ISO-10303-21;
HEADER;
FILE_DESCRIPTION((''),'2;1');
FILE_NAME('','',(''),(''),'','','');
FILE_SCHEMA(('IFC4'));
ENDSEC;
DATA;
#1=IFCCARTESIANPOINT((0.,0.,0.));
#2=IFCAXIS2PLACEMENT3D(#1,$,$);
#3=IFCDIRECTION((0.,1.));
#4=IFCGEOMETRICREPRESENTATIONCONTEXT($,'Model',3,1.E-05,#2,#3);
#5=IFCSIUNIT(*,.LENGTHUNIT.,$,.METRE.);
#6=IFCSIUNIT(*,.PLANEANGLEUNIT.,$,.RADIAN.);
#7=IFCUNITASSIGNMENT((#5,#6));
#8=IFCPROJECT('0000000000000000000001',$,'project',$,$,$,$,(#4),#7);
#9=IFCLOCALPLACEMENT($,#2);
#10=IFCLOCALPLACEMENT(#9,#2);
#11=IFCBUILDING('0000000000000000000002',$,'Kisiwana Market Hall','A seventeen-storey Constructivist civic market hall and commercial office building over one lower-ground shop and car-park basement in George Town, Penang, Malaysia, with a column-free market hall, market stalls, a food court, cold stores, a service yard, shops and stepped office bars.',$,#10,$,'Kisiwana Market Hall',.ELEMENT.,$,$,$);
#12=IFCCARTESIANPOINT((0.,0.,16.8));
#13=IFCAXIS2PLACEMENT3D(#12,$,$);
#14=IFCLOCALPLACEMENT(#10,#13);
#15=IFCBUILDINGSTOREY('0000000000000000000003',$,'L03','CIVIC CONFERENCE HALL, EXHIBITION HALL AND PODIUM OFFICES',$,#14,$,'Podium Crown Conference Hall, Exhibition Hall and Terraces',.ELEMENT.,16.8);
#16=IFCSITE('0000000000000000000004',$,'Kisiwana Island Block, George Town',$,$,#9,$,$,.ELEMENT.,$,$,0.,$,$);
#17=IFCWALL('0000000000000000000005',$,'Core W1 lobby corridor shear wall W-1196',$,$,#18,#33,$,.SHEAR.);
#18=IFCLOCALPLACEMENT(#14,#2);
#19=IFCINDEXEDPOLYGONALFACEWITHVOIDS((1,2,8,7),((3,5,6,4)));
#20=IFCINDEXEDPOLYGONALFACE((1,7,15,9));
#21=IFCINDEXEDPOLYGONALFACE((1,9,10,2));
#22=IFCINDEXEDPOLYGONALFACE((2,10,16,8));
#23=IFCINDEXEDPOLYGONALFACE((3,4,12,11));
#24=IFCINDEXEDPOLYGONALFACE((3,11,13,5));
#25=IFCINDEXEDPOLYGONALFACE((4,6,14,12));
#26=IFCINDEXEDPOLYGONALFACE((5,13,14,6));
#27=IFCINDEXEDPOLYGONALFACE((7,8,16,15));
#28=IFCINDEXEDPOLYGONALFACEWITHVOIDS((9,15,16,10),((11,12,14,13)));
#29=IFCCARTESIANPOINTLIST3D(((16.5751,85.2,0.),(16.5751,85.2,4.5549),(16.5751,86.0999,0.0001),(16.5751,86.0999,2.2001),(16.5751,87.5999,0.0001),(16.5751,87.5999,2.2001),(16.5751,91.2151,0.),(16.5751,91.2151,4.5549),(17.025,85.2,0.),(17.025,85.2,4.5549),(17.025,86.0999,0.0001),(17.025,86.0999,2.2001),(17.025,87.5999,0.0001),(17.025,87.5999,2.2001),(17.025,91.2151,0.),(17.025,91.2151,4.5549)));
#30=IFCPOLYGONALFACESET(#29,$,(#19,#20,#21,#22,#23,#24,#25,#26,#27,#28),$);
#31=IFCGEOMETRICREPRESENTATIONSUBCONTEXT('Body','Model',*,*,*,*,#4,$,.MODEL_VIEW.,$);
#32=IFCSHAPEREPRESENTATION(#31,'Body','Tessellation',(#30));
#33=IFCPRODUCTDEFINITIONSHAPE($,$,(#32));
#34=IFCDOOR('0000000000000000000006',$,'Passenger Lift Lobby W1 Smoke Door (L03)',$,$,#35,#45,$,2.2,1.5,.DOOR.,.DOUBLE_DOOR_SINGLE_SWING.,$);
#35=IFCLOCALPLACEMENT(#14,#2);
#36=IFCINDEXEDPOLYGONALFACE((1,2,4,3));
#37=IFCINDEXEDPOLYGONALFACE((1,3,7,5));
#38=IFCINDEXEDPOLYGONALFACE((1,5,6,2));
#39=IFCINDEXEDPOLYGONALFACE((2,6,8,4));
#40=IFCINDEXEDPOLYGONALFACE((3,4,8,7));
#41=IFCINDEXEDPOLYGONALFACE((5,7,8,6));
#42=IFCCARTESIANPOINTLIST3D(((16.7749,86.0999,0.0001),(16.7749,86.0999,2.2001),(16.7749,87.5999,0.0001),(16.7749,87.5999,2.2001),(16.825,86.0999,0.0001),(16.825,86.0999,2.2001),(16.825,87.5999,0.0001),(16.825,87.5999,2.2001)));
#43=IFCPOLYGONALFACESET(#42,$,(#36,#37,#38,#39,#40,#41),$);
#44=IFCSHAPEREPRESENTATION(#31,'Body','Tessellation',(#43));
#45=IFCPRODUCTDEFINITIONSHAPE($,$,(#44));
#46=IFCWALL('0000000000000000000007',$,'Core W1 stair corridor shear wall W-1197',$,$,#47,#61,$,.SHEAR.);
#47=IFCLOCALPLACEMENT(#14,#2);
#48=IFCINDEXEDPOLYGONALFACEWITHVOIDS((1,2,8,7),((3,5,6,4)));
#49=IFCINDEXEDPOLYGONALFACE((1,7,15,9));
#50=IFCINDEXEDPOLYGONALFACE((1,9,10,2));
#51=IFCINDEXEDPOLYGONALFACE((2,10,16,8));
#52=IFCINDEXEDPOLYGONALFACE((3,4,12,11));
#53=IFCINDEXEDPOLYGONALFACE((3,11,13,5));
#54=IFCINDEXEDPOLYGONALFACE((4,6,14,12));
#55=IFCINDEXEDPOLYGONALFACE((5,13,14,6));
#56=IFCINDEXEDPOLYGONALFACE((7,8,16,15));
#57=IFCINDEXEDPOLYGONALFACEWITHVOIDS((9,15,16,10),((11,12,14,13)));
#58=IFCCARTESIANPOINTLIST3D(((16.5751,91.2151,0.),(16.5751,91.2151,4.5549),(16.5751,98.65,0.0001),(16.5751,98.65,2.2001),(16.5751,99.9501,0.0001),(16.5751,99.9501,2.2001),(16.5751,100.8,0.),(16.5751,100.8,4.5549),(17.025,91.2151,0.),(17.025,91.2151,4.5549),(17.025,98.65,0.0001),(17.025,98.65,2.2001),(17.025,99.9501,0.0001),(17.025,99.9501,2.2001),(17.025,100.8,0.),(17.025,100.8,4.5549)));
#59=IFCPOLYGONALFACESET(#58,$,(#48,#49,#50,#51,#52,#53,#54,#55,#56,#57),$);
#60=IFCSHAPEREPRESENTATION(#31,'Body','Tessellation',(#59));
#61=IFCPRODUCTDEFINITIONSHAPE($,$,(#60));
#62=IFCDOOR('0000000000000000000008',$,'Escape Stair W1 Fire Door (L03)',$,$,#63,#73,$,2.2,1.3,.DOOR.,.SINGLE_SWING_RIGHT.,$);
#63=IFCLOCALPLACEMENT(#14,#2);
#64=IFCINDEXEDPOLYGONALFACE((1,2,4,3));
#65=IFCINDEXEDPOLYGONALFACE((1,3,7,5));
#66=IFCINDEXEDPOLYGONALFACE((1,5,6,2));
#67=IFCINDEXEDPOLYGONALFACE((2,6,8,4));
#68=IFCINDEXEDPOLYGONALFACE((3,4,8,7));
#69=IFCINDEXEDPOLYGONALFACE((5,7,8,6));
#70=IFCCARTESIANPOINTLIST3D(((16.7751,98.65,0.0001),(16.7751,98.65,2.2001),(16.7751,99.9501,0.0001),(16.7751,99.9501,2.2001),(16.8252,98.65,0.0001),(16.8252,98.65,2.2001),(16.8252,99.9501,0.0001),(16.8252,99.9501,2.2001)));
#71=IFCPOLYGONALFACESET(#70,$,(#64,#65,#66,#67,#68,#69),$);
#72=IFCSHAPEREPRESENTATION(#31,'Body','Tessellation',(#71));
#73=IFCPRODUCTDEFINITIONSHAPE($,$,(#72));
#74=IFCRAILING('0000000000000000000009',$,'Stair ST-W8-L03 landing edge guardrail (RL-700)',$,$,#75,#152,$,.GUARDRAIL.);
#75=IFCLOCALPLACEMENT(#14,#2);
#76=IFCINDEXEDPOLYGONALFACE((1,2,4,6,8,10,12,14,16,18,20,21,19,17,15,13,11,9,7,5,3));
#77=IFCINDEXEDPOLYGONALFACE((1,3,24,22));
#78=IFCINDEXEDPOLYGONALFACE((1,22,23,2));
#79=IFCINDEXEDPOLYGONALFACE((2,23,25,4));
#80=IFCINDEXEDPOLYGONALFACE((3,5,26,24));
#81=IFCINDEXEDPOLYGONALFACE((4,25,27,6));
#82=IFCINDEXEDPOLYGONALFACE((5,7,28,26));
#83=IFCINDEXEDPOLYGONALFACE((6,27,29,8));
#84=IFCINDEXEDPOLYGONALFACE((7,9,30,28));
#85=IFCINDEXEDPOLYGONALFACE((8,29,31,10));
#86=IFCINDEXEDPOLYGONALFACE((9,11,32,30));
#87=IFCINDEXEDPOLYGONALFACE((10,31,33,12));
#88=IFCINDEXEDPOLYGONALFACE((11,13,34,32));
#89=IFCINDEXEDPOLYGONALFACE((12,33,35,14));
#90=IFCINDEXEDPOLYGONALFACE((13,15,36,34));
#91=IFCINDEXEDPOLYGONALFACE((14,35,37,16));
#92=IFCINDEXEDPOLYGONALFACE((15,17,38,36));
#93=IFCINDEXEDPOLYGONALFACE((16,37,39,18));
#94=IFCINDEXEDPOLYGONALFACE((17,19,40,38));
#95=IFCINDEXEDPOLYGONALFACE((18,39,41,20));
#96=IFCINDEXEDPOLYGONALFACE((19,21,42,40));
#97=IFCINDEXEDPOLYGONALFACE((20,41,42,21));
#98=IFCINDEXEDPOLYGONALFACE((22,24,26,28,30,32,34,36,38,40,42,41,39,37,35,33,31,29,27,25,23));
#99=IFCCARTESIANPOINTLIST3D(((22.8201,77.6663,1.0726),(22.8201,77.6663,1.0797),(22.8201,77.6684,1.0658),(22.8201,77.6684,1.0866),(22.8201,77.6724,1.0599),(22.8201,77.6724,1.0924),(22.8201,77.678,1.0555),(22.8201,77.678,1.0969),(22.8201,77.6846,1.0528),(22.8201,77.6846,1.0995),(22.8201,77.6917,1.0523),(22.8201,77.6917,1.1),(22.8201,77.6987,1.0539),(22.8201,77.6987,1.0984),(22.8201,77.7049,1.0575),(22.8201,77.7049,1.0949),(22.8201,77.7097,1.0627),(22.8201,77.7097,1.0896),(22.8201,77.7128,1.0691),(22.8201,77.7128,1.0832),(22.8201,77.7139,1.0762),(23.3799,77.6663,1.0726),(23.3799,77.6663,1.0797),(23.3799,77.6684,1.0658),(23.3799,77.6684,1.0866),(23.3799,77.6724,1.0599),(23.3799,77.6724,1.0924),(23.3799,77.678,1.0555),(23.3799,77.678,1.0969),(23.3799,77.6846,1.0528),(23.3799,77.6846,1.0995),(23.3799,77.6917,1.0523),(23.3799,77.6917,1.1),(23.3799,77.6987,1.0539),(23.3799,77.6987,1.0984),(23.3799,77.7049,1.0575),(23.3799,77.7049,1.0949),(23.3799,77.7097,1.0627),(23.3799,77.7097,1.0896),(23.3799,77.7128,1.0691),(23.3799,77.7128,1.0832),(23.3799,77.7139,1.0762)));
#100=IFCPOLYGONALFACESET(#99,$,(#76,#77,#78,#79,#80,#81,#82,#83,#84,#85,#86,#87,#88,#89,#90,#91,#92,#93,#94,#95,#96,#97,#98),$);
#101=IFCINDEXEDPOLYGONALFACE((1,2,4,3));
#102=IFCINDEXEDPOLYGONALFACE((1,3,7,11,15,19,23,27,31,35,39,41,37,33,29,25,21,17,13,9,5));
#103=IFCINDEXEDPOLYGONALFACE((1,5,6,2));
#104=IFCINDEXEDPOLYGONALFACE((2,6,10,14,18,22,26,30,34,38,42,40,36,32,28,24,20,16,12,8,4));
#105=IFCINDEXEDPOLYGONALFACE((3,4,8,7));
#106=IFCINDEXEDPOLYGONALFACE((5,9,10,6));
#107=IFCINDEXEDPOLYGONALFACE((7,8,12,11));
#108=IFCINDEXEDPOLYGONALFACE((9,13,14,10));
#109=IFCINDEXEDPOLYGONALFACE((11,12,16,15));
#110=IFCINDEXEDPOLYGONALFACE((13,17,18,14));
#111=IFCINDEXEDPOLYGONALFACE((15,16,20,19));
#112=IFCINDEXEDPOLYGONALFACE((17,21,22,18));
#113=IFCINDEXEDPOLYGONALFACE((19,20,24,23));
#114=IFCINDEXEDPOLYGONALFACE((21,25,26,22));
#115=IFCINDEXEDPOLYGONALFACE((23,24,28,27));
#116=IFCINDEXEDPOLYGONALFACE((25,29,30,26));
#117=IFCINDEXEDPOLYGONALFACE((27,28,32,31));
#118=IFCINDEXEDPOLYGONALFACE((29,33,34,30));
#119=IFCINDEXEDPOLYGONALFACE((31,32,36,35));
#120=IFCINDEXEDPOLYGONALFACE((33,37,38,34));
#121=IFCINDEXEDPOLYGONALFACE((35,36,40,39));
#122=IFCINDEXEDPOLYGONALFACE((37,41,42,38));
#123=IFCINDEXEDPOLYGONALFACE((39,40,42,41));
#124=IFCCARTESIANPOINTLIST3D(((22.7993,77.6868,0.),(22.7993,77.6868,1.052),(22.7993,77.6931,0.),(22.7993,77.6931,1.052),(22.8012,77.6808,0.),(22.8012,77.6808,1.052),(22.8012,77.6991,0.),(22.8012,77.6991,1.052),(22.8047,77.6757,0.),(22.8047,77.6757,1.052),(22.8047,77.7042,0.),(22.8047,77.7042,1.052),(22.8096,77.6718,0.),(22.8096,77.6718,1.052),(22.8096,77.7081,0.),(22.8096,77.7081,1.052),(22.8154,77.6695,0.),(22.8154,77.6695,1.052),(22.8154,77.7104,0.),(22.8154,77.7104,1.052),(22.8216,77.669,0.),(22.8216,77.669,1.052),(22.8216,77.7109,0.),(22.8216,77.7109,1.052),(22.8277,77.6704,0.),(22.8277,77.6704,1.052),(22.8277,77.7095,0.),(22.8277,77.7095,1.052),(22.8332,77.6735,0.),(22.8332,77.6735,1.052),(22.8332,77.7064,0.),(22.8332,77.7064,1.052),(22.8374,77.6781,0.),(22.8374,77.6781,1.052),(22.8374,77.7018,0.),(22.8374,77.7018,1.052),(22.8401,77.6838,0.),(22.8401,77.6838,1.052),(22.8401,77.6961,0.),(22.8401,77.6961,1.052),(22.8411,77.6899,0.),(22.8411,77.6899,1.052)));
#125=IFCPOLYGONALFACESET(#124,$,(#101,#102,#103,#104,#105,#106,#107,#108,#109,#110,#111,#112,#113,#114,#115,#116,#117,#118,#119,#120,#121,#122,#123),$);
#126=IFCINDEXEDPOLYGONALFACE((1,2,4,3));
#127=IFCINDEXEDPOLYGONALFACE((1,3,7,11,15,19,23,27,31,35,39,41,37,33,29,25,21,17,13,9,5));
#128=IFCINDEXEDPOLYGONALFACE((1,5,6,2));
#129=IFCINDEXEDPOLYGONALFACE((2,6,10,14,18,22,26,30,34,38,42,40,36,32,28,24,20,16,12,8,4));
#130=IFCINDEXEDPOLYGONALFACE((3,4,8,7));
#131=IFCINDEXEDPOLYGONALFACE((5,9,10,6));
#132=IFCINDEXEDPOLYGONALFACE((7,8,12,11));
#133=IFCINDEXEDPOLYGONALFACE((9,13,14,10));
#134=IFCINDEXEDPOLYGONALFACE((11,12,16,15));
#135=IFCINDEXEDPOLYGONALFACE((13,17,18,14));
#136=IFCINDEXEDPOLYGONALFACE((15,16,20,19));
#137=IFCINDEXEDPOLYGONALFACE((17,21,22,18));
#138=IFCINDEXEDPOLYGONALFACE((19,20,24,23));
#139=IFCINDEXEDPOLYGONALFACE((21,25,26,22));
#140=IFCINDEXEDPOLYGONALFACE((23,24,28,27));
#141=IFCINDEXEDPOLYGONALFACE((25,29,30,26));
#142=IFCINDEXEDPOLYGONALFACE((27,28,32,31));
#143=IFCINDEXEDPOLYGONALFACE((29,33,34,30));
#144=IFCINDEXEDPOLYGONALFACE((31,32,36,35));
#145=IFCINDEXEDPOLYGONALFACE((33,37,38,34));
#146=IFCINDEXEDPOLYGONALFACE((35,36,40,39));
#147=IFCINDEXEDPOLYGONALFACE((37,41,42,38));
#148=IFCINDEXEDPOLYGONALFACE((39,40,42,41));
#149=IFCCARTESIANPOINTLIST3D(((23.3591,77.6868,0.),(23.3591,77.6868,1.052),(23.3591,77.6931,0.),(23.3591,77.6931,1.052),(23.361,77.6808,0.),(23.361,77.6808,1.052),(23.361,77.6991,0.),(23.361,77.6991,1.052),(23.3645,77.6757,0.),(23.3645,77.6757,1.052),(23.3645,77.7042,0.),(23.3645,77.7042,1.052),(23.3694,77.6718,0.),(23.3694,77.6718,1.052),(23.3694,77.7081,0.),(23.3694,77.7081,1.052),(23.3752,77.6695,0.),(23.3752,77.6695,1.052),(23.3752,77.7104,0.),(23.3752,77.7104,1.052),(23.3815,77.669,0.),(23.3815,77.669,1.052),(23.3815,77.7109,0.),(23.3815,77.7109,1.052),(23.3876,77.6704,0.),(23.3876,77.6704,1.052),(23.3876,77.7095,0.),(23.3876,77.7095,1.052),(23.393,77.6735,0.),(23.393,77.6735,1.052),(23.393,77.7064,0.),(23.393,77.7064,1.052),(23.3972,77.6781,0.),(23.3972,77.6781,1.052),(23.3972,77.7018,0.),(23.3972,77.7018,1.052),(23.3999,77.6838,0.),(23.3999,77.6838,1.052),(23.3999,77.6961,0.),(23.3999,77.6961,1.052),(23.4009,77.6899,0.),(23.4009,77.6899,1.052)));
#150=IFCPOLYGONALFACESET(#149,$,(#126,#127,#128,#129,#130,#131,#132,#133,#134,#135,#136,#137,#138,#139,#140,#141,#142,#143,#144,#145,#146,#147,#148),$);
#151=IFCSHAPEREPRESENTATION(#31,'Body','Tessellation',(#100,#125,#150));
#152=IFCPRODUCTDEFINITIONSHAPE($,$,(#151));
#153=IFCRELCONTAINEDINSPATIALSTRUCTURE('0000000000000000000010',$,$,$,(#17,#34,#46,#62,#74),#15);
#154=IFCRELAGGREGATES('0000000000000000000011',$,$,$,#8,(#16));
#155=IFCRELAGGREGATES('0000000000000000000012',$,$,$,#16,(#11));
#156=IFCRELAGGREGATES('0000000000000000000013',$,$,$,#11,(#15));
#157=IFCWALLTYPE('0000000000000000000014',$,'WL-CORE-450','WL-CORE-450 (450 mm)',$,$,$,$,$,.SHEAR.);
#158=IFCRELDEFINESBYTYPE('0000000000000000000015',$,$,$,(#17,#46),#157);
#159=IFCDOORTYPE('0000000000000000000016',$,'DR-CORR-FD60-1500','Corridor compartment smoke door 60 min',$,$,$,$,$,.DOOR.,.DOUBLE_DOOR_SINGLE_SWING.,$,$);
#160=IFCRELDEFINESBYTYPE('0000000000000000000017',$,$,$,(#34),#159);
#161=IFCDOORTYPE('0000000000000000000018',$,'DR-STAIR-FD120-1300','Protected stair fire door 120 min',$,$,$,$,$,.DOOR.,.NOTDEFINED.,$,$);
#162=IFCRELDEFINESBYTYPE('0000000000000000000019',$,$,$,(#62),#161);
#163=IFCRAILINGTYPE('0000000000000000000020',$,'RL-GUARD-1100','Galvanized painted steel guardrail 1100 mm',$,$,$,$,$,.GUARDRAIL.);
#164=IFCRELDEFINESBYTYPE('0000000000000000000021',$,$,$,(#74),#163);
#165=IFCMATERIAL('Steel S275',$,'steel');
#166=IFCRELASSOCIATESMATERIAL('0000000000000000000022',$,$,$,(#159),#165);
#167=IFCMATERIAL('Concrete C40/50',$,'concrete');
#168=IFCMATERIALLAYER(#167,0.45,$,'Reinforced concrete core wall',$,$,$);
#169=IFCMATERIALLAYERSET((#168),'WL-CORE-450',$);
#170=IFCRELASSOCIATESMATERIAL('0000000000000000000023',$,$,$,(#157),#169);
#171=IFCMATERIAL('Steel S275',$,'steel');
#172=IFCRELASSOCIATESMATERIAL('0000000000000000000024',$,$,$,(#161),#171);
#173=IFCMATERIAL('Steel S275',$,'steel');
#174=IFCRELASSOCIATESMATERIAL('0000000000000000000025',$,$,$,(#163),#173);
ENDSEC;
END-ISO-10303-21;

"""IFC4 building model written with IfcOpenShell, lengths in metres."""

from ifc_helpers import new_model, si_unit, direction, frame, frame_2d, origin, origin_2d, place, context, subcontext, project, spatial, rectangle, circle, extrude, material, layer, layer_set, type_object, element, fill, save


model = new_model("IFC4")

# Units and contexts
model_context = context("Model", 3, precision=1e-05, world=origin(), true_north=direction((0.0, 1.0)))
body_context = subcontext(model_context, "Body", "Model", "MODEL_VIEW")
ifc_project = project(units=[si_unit("LENGTHUNIT", "METRE"), si_unit("PLANEANGLEUNIT", "RADIAN")], contexts=[model_context])

# Site, building, storey
site_placement = place(None, origin())
site = spatial("IfcSite", under=ifc_project, at=site_placement, Name="Kisiwana Island Block, George Town", CompositionType="ELEMENT", RefElevation=0.0)
building_placement = place(site_placement, origin())
building = spatial("IfcBuilding", under=site, at=building_placement, Name="Kisiwana Market Hall", Description="A seventeen-storey Constructivist civic market hall and commercial office building over one lower-ground shop and car-park basement in George Town, Penang, Malaysia, with a column-free market hall, market stalls, a food court, cold stores, a service yard, shops and stepped office bars.", LongName="Kisiwana Market Hall", CompositionType="ELEMENT")
storey_placement = place(building_placement, frame((0.0, 0.0, 16.8)))
storey = spatial("IfcBuildingStorey", under=building, at=storey_placement, Name="L03", Description="CIVIC CONFERENCE HALL, EXHIBITION HALL AND PODIUM OFFICES", LongName="Podium Crown Conference Hall, Exhibition Hall and Terraces", CompositionType="ELEMENT", Elevation=16.8)

# Shared definitions
ifc_material_1 = material(Name="Steel S275", Category="steel")
door_type_1 = type_object("IfcDoorType", Name="DR-CORR-FD60-1500", Description="Corridor compartment smoke door 60 min", OperationType="DOUBLE_DOOR_SINGLE_SWING", PredefinedType="DOOR", material=ifc_material_1)

# Walls, openings, doors
ifc_material_2 = material(Name="Concrete C40/50", Category="concrete")
ifc_layer_1 = layer(ifc_material_2, 0.45, Name="Reinforced concrete core wall")
ifc_layer_set_1 = layer_set([ifc_layer_1], Name="WL-CORE-450")
wall_type_1 = type_object("IfcWallType", Name="WL-CORE-450", Description="WL-CORE-450 (450 mm)", PredefinedType="SHEAR", material=ifc_layer_set_1)
wall_1_placement = place(storey_placement, frame((16.8, 85.2, 0.0), z_axis=(0.0, 0.0, 1.0), x_axis=(0.0, 1.0, 0.0)))
wall_1 = element("IfcWall", 1, at=wall_1_placement, inside=storey, type_object=wall_type_1, Name="Core W1 lobby corridor shear wall W-1196", PredefinedType="SHEAR", context=body_context, shape_type="SweptSolid", body=[
    extrude(rectangle(XDim=6.0151, YDim=0.45, at=frame_2d((3.0076, 0.0))), origin(), (0.0, 0.0, 1.0), 4.5549),
])
opening_1_placement = place(wall_1_placement, frame((0.8999, 0.0, 0.0)))
opening_1 = element("IfcOpeningElement", 2, at=opening_1_placement, cuts=wall_1, PredefinedType="OPENING", context=body_context, shape_type="SweptSolid", body=[
    extrude(rectangle(XDim=1.5, YDim=2.2, at=frame_2d((0.75, 1.1001))), frame((0.0, 0.2368, 0.0), z_axis=(0.0, -1.0, 0.0), x_axis=(1.0, 0.0, 0.0)), (0.0, 0.0, 1.0), 0.4739),
])
door_1_placement = place(opening_1_placement, frame((1.5, 0.0, 0.0), z_axis=(0.0, 0.0, 1.0), x_axis=(-1.0, 0.0, 0.0)))
door_1 = element("IfcDoor", 3, at=door_1_placement, inside=storey, type_object=door_type_1, Name="Passenger Lift Lobby W1 Smoke Door (L03)", OperationType="DOUBLE_DOOR_SINGLE_SWING", OverallHeight=2.2, OverallWidth=1.5, PredefinedType="DOOR", context=body_context, shape_type="SweptSolid", body=[
    extrude(rectangle(XDim=1.5, YDim=2.2, at=frame_2d((0.75, 1.1001))), frame((0.0, 0.0249, 0.0), z_axis=(0.0, -1.0, 0.0), x_axis=(1.0, 0.0, 0.0)), (0.0, 0.0, 1.0), 0.05),
])
fill(opening_1, door_1)
wall_2_placement = place(storey_placement, frame((16.8, 91.2151, 0.0), z_axis=(0.0, 0.0, 1.0), x_axis=(0.0, 1.0, 0.0)))
wall_2 = element("IfcWall", 4, at=wall_2_placement, inside=storey, type_object=wall_type_1, Name="Core W1 stair corridor shear wall W-1197", PredefinedType="SHEAR", context=body_context, shape_type="SweptSolid", body=[
    extrude(rectangle(XDim=9.585, YDim=0.45, at=frame_2d((4.7925, 0.0))), origin(), (0.0, 0.0, 1.0), 4.5549),
])
opening_2_placement = place(wall_2_placement, frame((7.4351, 0.0, 0.0)))
opening_2 = element("IfcOpeningElement", 5, at=opening_2_placement, cuts=wall_2, PredefinedType="OPENING", context=body_context, shape_type="SweptSolid", body=[
    extrude(rectangle(XDim=1.3, YDim=2.2, at=frame_2d((0.6499, 1.1001))), frame((0.0, 0.2368, 0.0), z_axis=(0.0, -1.0, 0.0), x_axis=(1.0, 0.0, 0.0)), (0.0, 0.0, 1.0), 0.4739),
])
ifc_material_3 = material(Name="Steel S275", Category="steel")
door_type_2 = type_object("IfcDoorType", Name="DR-STAIR-FD120-1300", Description="Protected stair fire door 120 min", OperationType="NOTDEFINED", PredefinedType="DOOR", material=ifc_material_3)
door_2_placement = place(opening_2_placement, origin())
door_2 = element("IfcDoor", 6, at=door_2_placement, inside=storey, type_object=door_type_2, Name="Escape Stair W1 Fire Door (L03)", OperationType="SINGLE_SWING_RIGHT", OverallHeight=2.2, OverallWidth=1.3, PredefinedType="DOOR", context=body_context, shape_type="SweptSolid", body=[
    extrude(rectangle(XDim=1.3, YDim=2.2, at=frame_2d((0.6499, 1.1001))), frame((0.0, 0.0249, 0.0), z_axis=(0.0, -1.0, 0.0), x_axis=(1.0, 0.0, 0.0)), (0.0, 0.0, 1.0), 0.05),
])
fill(opening_2, door_2)

# Railing
ifc_material_4 = material(Name="Steel S275", Category="steel")
railing_type = type_object("IfcRailingType", Name="RL-GUARD-1100", Description="Galvanized painted steel guardrail 1100 mm", PredefinedType="GUARDRAIL", material=ifc_material_4)
railing_placement = place(storey_placement, frame((22.8201, 77.6899, 0.0)))
element("IfcRailing", 7, at=railing_placement, inside=storey, type_object=railing_type, Name="Stair ST-W8-L03 landing edge guardrail (RL-700)", PredefinedType="GUARDRAIL", context=body_context, shape_type="SweptSolid", body=[
    extrude(circle(Radius=0.0239, at=origin_2d()), frame((0.0, 0.0, 1.0762), z_axis=(1.0, 0.0, 0.0), x_axis=(0.0, 1.0, 0.0)), (0.0, 0.0, 1.0), 0.5598),
    extrude(circle(Radius=0.021, at=origin_2d()), origin(), (0.0, 0.0, 1.0), 1.052),
    extrude(circle(Radius=0.021, at=origin_2d()), frame((0.5598, 0.0, 0.0)), (0.0, 0.0, 1.0), 1.052),
])

save(model, "model.ifc")
